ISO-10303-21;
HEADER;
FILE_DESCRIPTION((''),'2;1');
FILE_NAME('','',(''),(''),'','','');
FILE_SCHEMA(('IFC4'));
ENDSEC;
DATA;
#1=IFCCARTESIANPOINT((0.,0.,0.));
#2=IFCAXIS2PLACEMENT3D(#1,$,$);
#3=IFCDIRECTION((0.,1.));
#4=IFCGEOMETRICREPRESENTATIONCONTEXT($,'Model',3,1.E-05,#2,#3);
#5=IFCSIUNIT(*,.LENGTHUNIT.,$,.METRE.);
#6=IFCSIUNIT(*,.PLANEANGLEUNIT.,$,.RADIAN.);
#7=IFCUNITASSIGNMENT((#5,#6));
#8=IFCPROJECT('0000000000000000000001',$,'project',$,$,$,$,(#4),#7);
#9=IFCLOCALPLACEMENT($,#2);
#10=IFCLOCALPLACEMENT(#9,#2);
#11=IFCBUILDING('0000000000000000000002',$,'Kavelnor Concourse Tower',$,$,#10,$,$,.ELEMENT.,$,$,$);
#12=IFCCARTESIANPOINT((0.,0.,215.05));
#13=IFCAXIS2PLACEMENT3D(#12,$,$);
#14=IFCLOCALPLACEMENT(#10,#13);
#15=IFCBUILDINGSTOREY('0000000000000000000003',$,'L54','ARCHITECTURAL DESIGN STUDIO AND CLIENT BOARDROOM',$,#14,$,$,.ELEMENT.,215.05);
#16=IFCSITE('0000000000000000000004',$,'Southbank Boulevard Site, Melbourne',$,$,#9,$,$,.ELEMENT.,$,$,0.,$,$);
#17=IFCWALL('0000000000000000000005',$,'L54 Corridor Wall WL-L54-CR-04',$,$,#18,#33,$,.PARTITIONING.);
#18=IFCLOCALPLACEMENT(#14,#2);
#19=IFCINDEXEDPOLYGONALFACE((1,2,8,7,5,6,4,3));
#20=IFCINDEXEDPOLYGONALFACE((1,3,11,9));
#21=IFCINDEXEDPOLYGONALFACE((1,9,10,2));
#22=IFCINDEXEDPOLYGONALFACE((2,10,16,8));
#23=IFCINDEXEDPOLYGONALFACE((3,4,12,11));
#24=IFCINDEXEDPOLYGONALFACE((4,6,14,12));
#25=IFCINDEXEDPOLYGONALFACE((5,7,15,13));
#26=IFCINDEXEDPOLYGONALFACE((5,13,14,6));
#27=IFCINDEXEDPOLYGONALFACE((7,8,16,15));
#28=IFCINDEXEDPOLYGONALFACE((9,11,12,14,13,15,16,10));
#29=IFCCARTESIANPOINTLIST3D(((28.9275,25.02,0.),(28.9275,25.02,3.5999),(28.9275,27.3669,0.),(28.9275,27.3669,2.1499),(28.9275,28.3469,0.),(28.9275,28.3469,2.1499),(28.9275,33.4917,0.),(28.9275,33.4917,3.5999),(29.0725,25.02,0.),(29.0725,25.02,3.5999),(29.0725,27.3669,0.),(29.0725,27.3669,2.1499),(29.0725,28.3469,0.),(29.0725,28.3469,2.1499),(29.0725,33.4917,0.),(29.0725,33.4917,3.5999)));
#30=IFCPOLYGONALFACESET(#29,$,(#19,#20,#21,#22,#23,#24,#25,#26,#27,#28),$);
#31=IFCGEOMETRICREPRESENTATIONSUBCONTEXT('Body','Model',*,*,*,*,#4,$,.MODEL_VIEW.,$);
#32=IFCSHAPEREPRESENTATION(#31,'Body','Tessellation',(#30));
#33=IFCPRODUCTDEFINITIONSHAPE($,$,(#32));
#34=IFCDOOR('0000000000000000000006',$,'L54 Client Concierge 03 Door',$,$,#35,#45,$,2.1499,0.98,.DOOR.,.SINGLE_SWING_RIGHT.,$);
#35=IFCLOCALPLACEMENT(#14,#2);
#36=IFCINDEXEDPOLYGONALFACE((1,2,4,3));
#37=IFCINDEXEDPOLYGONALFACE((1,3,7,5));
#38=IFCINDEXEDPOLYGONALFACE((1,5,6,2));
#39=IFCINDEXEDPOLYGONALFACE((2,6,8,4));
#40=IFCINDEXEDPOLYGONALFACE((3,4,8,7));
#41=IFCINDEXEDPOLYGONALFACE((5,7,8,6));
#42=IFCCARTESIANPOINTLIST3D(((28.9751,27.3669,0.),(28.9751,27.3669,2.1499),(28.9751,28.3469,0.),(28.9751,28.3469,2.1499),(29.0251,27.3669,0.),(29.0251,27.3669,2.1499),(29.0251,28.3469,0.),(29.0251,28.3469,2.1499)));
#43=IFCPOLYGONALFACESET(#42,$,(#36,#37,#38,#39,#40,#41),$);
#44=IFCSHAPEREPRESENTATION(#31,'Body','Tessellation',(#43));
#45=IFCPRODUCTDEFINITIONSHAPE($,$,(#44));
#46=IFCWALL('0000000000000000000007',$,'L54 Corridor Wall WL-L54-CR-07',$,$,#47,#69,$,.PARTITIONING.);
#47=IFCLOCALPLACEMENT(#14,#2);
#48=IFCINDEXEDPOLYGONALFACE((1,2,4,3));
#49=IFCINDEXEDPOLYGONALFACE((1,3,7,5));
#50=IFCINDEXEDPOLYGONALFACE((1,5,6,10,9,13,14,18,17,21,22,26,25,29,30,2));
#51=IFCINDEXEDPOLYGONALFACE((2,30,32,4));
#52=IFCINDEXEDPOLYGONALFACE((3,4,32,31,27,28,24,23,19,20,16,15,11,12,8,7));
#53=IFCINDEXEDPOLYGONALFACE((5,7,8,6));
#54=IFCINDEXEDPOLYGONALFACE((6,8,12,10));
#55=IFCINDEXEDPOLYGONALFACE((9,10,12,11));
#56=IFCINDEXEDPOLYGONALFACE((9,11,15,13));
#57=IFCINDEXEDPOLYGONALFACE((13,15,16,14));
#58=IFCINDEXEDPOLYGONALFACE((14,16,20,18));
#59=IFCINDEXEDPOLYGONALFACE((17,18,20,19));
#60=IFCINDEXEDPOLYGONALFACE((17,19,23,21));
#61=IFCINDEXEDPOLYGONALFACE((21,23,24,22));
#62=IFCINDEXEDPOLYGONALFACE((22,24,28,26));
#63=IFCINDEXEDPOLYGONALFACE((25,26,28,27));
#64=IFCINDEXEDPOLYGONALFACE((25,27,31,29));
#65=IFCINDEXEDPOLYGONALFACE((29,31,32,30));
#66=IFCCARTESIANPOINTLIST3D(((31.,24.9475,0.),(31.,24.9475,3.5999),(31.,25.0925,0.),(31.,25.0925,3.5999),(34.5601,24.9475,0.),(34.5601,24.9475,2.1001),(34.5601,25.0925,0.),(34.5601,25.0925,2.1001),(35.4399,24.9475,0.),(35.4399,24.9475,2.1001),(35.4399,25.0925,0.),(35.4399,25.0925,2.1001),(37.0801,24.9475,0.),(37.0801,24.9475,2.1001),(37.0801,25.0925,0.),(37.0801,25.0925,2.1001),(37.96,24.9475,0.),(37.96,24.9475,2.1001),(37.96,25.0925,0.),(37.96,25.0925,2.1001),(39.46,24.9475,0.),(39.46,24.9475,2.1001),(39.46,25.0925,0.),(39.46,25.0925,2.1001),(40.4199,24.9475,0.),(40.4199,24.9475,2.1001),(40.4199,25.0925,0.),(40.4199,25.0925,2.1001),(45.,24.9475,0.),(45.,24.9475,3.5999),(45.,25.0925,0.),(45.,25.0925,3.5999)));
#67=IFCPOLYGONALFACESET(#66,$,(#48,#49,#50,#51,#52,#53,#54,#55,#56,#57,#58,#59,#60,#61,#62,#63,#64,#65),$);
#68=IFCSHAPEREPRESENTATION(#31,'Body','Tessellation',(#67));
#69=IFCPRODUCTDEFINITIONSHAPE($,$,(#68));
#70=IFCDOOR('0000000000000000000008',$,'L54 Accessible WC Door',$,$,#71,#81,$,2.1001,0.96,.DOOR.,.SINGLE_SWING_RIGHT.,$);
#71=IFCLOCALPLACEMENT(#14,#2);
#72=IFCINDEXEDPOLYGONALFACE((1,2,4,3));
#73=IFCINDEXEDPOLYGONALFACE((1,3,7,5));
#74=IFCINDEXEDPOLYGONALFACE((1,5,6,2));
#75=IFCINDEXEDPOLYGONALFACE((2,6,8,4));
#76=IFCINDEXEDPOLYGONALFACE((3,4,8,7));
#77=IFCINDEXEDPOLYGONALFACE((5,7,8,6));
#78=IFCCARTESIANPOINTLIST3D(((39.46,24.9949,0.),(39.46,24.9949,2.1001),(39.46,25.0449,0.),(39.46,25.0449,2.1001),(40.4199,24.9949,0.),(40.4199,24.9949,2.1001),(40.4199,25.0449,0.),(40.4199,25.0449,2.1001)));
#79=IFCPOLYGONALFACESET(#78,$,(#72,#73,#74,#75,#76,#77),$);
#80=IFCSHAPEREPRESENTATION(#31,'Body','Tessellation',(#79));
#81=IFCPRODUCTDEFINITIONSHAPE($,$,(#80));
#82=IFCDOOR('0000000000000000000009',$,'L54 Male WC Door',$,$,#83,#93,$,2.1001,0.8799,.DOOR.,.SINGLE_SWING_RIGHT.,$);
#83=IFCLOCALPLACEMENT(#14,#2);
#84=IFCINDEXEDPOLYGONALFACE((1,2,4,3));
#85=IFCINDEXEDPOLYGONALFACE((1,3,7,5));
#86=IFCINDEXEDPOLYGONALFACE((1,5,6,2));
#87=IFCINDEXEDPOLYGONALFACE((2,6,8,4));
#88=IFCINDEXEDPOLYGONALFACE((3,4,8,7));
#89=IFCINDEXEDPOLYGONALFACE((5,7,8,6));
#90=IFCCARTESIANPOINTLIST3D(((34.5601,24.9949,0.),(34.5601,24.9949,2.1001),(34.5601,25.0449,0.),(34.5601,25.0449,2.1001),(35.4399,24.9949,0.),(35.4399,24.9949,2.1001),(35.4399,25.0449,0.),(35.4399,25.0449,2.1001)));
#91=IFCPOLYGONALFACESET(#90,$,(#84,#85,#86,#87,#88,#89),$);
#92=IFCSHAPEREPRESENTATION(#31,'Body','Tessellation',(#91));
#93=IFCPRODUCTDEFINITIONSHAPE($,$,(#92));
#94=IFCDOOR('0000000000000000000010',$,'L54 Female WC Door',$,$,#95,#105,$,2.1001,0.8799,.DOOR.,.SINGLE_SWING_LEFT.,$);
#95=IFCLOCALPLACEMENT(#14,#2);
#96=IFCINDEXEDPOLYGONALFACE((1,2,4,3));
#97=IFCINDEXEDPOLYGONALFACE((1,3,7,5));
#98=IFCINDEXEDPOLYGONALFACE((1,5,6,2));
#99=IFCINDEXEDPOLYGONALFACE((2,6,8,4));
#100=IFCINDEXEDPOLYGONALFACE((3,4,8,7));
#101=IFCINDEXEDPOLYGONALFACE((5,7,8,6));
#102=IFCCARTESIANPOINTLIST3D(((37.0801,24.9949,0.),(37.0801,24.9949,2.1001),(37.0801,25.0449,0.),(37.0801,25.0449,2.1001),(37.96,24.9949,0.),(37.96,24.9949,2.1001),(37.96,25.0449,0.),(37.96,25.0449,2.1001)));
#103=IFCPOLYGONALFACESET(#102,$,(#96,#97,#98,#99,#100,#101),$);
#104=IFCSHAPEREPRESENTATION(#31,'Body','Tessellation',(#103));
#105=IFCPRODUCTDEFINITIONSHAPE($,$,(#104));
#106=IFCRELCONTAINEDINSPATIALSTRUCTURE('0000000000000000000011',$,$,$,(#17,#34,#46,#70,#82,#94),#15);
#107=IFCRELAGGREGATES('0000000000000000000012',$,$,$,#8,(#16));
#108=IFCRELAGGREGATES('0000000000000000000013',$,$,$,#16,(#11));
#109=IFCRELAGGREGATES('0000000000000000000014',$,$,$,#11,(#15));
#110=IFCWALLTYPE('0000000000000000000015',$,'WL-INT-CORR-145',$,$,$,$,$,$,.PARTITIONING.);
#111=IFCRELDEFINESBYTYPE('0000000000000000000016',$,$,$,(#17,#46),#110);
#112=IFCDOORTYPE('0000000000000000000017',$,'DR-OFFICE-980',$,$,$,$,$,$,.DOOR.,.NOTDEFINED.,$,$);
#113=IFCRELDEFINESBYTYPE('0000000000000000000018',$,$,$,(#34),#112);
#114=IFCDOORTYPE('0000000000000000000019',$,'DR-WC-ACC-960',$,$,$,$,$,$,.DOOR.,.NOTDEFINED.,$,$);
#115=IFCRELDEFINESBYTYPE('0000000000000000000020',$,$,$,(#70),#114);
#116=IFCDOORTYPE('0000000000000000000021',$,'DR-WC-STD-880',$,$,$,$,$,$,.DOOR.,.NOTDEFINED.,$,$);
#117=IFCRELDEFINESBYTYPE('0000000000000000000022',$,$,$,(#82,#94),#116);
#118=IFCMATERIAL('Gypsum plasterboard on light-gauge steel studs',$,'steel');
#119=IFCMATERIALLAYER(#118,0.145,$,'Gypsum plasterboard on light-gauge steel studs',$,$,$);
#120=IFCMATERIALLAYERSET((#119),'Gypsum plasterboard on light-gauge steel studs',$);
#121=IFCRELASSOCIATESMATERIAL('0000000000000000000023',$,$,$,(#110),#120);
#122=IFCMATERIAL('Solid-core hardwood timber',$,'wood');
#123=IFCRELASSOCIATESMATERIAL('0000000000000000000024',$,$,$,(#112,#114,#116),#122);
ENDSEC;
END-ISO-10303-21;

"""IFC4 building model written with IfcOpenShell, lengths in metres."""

from ifc_helpers import new_model, si_unit, direction, frame, frame_2d, origin, place, context, subcontext, project, spatial, rectangle, extrude, material, layer, layer_set, type_object, element, fill, save


model = new_model("IFC4")

# Units and contexts
model_context = context("Model", 3, precision=1e-05, world=origin(), true_north=direction((0.0, 1.0)))
body_context = subcontext(model_context, "Body", "Model", "MODEL_VIEW")
ifc_project = project(units=[si_unit("LENGTHUNIT", "METRE"), si_unit("PLANEANGLEUNIT", "RADIAN")], contexts=[model_context])

# Site, building, storey
site_placement = place(None, origin())
site = spatial("IfcSite", under=ifc_project, at=site_placement, Name="Southbank Boulevard Site, Melbourne", CompositionType="ELEMENT", RefElevation=0.0)
building_placement = place(site_placement, origin())
building = spatial("IfcBuilding", under=site, at=building_placement, Name="Kavelnor Concourse Tower", CompositionType="ELEMENT")
storey_placement = place(building_placement, frame((0.0, 0.0, 215.05)))
storey = spatial("IfcBuildingStorey", under=building, at=storey_placement, Name="L54", Description="ARCHITECTURAL DESIGN STUDIO AND CLIENT BOARDROOM", CompositionType="ELEMENT", Elevation=215.05)

# Shared definitions
ifc_material_1 = material(Name="Gypsum plasterboard on light-gauge steel studs", Category="steel")
ifc_layer_1 = layer(ifc_material_1, 0.145, Name="Gypsum plasterboard on light-gauge steel studs")
ifc_layer_set_1 = layer_set([ifc_layer_1], Name="Gypsum plasterboard on light-gauge steel studs")
wall_type_1 = type_object("IfcWallType", Name="WL-INT-CORR-145", PredefinedType="PARTITIONING", material=ifc_layer_set_1)

# Wall, opening, door
wall_1_placement = place(storey_placement, frame((29.0, 25.02, 0.0), z_axis=(0.0, 0.0, 1.0), x_axis=(0.0, 1.0, 0.0)))
wall_1 = element("IfcWall", 1, at=wall_1_placement, inside=storey, type_object=wall_type_1, Name="L54 Corridor Wall WL-L54-CR-04", PredefinedType="PARTITIONING", context=body_context, shape_type="SweptSolid", body=[
    extrude(rectangle(XDim=8.4717, YDim=0.145, at=frame_2d((4.2358, 0.0))), origin(), (0.0, 0.0, 1.0), 3.5999),
])
opening_1_placement = place(wall_1_placement, frame((2.3469, 0.0, 0.0)))
opening_1 = element("IfcOpeningElement", 2, at=opening_1_placement, cuts=wall_1, PredefinedType="OPENING", context=body_context, shape_type="SweptSolid", body=[
    extrude(rectangle(XDim=0.98, YDim=2.1499, at=frame_2d((0.49, 1.075))), frame((0.0, 0.0825, 0.0), z_axis=(0.0, -1.0, 0.0), x_axis=(1.0, 0.0, 0.0)), (0.0, 0.0, 1.0), 0.165),
])
ifc_material_2 = material(Name="Solid-core hardwood timber", Category="wood")
door_type_1 = type_object("IfcDoorType", Name="DR-OFFICE-980", OperationType="NOTDEFINED", PredefinedType="DOOR", material=ifc_material_2)
door_1_placement = place(opening_1_placement, origin())
door_1 = element("IfcDoor", 3, at=door_1_placement, inside=storey, type_object=door_type_1, Name="L54 Client Concierge 03 Door", OperationType="SINGLE_SWING_RIGHT", OverallHeight=2.1499, OverallWidth=0.98, PredefinedType="DOOR", context=body_context, shape_type="SweptSolid", body=[
    extrude(rectangle(XDim=0.98, YDim=2.1499, at=frame_2d((0.49, 1.075))), frame((0.0, 0.0249, 0.0), z_axis=(0.0, -1.0, 0.0), x_axis=(1.0, 0.0, 0.0)), (0.0, 0.0, 1.0), 0.05),
])
fill(opening_1, door_1)

# Wall, openings, doors
wall_2_placement = place(storey_placement, frame((31.0, 25.02, 0.0), z_axis=(0.0, 0.0, 1.0), x_axis=(1.0, 0.0, 0.0)))
wall_2 = element("IfcWall", 4, at=wall_2_placement, inside=storey, type_object=wall_type_1, Name="L54 Corridor Wall WL-L54-CR-07", PredefinedType="PARTITIONING", context=body_context, shape_type="SweptSolid", body=[
    extrude(rectangle(XDim=14.0, YDim=0.145, at=frame_2d((7.0, 0.0))), origin(), (0.0, 0.0, 1.0), 3.5999),
])
opening_2_placement = place(wall_2_placement, frame((3.5601, 0.0, 0.0)))
opening_2 = element("IfcOpeningElement", 5, at=opening_2_placement, cuts=wall_2, PredefinedType="OPENING", context=body_context, shape_type="SweptSolid", body=[
    extrude(rectangle(XDim=0.8799, YDim=2.1001, at=frame_2d((0.4399, 1.05))), frame((0.0, 0.0825, 0.0), z_axis=(0.0, -1.0, 0.0), x_axis=(1.0, 0.0, 0.0)), (0.0, 0.0, 1.0), 0.165),
])
opening_3_placement = place(wall_2_placement, frame((6.0801, 0.0, 0.0)))
opening_3 = element("IfcOpeningElement", 6, at=opening_3_placement, cuts=wall_2, PredefinedType="OPENING", context=body_context, shape_type="SweptSolid", body=[
    extrude(rectangle(XDim=0.8799, YDim=2.1001, at=frame_2d((0.4399, 1.05))), frame((0.0, 0.0825, 0.0), z_axis=(0.0, -1.0, 0.0), x_axis=(1.0, 0.0, 0.0)), (0.0, 0.0, 1.0), 0.165),
])
opening_4_placement = place(wall_2_placement, frame((8.46, 0.0, 0.0)))
opening_4 = element("IfcOpeningElement", 7, at=opening_4_placement, cuts=wall_2, PredefinedType="OPENING", context=body_context, shape_type="SweptSolid", body=[
    extrude(rectangle(XDim=0.96, YDim=2.1001, at=frame_2d((0.48, 1.05))), frame((0.0, 0.0825, 0.0), z_axis=(0.0, -1.0, 0.0), x_axis=(1.0, 0.0, 0.0)), (0.0, 0.0, 1.0), 0.165),
])
door_type_2 = type_object("IfcDoorType", Name="DR-WC-ACC-960", OperationType="NOTDEFINED", PredefinedType="DOOR", material=ifc_material_2)
door_2_placement = place(opening_4_placement, origin())
door_2 = element("IfcDoor", 8, at=door_2_placement, inside=storey, type_object=door_type_2, Name="L54 Accessible WC Door", OperationType="SINGLE_SWING_RIGHT", OverallHeight=2.1001, OverallWidth=0.96, PredefinedType="DOOR", context=body_context, shape_type="SweptSolid", body=[
    extrude(rectangle(XDim=0.96, YDim=2.1001, at=frame_2d((0.48, 1.05))), frame((0.0, 0.0249, 0.0), z_axis=(0.0, -1.0, 0.0), x_axis=(1.0, 0.0, 0.0)), (0.0, 0.0, 1.0), 0.05),
])
fill(opening_4, door_2)
door_type_3 = type_object("IfcDoorType", Name="DR-WC-STD-880", OperationType="NOTDEFINED", PredefinedType="DOOR", material=ifc_material_2)
door_3_placement = place(opening_2_placement, origin())
door_3 = element("IfcDoor", 9, at=door_3_placement, inside=storey, type_object=door_type_3, Name="L54 Male WC Door", OperationType="SINGLE_SWING_RIGHT", OverallHeight=2.1001, OverallWidth=0.8799, PredefinedType="DOOR", context=body_context, shape_type="SweptSolid", body=[
    extrude(rectangle(XDim=0.8799, YDim=2.1001, at=frame_2d((0.4399, 1.05))), frame((0.0, 0.0249, 0.0), z_axis=(0.0, -1.0, 0.0), x_axis=(1.0, 0.0, 0.0)), (0.0, 0.0, 1.0), 0.05),
])
fill(opening_2, door_3)
door_4_placement = place(opening_3_placement, origin())
door_4 = element("IfcDoor", 10, at=door_4_placement, inside=storey, type_object=door_type_3, Name="L54 Female WC Door", OperationType="SINGLE_SWING_LEFT", OverallHeight=2.1001, OverallWidth=0.8799, PredefinedType="DOOR", context=body_context, shape_type="SweptSolid", body=[
    extrude(rectangle(XDim=0.8799, YDim=2.1001, at=frame_2d((0.4399, 1.05))), frame((0.0, 0.0249, 0.0), z_axis=(0.0, -1.0, 0.0), x_axis=(1.0, 0.0, 0.0)), (0.0, 0.0, 1.0), 0.05),
])
fill(opening_3, door_4)

save(model, "model.ifc")
